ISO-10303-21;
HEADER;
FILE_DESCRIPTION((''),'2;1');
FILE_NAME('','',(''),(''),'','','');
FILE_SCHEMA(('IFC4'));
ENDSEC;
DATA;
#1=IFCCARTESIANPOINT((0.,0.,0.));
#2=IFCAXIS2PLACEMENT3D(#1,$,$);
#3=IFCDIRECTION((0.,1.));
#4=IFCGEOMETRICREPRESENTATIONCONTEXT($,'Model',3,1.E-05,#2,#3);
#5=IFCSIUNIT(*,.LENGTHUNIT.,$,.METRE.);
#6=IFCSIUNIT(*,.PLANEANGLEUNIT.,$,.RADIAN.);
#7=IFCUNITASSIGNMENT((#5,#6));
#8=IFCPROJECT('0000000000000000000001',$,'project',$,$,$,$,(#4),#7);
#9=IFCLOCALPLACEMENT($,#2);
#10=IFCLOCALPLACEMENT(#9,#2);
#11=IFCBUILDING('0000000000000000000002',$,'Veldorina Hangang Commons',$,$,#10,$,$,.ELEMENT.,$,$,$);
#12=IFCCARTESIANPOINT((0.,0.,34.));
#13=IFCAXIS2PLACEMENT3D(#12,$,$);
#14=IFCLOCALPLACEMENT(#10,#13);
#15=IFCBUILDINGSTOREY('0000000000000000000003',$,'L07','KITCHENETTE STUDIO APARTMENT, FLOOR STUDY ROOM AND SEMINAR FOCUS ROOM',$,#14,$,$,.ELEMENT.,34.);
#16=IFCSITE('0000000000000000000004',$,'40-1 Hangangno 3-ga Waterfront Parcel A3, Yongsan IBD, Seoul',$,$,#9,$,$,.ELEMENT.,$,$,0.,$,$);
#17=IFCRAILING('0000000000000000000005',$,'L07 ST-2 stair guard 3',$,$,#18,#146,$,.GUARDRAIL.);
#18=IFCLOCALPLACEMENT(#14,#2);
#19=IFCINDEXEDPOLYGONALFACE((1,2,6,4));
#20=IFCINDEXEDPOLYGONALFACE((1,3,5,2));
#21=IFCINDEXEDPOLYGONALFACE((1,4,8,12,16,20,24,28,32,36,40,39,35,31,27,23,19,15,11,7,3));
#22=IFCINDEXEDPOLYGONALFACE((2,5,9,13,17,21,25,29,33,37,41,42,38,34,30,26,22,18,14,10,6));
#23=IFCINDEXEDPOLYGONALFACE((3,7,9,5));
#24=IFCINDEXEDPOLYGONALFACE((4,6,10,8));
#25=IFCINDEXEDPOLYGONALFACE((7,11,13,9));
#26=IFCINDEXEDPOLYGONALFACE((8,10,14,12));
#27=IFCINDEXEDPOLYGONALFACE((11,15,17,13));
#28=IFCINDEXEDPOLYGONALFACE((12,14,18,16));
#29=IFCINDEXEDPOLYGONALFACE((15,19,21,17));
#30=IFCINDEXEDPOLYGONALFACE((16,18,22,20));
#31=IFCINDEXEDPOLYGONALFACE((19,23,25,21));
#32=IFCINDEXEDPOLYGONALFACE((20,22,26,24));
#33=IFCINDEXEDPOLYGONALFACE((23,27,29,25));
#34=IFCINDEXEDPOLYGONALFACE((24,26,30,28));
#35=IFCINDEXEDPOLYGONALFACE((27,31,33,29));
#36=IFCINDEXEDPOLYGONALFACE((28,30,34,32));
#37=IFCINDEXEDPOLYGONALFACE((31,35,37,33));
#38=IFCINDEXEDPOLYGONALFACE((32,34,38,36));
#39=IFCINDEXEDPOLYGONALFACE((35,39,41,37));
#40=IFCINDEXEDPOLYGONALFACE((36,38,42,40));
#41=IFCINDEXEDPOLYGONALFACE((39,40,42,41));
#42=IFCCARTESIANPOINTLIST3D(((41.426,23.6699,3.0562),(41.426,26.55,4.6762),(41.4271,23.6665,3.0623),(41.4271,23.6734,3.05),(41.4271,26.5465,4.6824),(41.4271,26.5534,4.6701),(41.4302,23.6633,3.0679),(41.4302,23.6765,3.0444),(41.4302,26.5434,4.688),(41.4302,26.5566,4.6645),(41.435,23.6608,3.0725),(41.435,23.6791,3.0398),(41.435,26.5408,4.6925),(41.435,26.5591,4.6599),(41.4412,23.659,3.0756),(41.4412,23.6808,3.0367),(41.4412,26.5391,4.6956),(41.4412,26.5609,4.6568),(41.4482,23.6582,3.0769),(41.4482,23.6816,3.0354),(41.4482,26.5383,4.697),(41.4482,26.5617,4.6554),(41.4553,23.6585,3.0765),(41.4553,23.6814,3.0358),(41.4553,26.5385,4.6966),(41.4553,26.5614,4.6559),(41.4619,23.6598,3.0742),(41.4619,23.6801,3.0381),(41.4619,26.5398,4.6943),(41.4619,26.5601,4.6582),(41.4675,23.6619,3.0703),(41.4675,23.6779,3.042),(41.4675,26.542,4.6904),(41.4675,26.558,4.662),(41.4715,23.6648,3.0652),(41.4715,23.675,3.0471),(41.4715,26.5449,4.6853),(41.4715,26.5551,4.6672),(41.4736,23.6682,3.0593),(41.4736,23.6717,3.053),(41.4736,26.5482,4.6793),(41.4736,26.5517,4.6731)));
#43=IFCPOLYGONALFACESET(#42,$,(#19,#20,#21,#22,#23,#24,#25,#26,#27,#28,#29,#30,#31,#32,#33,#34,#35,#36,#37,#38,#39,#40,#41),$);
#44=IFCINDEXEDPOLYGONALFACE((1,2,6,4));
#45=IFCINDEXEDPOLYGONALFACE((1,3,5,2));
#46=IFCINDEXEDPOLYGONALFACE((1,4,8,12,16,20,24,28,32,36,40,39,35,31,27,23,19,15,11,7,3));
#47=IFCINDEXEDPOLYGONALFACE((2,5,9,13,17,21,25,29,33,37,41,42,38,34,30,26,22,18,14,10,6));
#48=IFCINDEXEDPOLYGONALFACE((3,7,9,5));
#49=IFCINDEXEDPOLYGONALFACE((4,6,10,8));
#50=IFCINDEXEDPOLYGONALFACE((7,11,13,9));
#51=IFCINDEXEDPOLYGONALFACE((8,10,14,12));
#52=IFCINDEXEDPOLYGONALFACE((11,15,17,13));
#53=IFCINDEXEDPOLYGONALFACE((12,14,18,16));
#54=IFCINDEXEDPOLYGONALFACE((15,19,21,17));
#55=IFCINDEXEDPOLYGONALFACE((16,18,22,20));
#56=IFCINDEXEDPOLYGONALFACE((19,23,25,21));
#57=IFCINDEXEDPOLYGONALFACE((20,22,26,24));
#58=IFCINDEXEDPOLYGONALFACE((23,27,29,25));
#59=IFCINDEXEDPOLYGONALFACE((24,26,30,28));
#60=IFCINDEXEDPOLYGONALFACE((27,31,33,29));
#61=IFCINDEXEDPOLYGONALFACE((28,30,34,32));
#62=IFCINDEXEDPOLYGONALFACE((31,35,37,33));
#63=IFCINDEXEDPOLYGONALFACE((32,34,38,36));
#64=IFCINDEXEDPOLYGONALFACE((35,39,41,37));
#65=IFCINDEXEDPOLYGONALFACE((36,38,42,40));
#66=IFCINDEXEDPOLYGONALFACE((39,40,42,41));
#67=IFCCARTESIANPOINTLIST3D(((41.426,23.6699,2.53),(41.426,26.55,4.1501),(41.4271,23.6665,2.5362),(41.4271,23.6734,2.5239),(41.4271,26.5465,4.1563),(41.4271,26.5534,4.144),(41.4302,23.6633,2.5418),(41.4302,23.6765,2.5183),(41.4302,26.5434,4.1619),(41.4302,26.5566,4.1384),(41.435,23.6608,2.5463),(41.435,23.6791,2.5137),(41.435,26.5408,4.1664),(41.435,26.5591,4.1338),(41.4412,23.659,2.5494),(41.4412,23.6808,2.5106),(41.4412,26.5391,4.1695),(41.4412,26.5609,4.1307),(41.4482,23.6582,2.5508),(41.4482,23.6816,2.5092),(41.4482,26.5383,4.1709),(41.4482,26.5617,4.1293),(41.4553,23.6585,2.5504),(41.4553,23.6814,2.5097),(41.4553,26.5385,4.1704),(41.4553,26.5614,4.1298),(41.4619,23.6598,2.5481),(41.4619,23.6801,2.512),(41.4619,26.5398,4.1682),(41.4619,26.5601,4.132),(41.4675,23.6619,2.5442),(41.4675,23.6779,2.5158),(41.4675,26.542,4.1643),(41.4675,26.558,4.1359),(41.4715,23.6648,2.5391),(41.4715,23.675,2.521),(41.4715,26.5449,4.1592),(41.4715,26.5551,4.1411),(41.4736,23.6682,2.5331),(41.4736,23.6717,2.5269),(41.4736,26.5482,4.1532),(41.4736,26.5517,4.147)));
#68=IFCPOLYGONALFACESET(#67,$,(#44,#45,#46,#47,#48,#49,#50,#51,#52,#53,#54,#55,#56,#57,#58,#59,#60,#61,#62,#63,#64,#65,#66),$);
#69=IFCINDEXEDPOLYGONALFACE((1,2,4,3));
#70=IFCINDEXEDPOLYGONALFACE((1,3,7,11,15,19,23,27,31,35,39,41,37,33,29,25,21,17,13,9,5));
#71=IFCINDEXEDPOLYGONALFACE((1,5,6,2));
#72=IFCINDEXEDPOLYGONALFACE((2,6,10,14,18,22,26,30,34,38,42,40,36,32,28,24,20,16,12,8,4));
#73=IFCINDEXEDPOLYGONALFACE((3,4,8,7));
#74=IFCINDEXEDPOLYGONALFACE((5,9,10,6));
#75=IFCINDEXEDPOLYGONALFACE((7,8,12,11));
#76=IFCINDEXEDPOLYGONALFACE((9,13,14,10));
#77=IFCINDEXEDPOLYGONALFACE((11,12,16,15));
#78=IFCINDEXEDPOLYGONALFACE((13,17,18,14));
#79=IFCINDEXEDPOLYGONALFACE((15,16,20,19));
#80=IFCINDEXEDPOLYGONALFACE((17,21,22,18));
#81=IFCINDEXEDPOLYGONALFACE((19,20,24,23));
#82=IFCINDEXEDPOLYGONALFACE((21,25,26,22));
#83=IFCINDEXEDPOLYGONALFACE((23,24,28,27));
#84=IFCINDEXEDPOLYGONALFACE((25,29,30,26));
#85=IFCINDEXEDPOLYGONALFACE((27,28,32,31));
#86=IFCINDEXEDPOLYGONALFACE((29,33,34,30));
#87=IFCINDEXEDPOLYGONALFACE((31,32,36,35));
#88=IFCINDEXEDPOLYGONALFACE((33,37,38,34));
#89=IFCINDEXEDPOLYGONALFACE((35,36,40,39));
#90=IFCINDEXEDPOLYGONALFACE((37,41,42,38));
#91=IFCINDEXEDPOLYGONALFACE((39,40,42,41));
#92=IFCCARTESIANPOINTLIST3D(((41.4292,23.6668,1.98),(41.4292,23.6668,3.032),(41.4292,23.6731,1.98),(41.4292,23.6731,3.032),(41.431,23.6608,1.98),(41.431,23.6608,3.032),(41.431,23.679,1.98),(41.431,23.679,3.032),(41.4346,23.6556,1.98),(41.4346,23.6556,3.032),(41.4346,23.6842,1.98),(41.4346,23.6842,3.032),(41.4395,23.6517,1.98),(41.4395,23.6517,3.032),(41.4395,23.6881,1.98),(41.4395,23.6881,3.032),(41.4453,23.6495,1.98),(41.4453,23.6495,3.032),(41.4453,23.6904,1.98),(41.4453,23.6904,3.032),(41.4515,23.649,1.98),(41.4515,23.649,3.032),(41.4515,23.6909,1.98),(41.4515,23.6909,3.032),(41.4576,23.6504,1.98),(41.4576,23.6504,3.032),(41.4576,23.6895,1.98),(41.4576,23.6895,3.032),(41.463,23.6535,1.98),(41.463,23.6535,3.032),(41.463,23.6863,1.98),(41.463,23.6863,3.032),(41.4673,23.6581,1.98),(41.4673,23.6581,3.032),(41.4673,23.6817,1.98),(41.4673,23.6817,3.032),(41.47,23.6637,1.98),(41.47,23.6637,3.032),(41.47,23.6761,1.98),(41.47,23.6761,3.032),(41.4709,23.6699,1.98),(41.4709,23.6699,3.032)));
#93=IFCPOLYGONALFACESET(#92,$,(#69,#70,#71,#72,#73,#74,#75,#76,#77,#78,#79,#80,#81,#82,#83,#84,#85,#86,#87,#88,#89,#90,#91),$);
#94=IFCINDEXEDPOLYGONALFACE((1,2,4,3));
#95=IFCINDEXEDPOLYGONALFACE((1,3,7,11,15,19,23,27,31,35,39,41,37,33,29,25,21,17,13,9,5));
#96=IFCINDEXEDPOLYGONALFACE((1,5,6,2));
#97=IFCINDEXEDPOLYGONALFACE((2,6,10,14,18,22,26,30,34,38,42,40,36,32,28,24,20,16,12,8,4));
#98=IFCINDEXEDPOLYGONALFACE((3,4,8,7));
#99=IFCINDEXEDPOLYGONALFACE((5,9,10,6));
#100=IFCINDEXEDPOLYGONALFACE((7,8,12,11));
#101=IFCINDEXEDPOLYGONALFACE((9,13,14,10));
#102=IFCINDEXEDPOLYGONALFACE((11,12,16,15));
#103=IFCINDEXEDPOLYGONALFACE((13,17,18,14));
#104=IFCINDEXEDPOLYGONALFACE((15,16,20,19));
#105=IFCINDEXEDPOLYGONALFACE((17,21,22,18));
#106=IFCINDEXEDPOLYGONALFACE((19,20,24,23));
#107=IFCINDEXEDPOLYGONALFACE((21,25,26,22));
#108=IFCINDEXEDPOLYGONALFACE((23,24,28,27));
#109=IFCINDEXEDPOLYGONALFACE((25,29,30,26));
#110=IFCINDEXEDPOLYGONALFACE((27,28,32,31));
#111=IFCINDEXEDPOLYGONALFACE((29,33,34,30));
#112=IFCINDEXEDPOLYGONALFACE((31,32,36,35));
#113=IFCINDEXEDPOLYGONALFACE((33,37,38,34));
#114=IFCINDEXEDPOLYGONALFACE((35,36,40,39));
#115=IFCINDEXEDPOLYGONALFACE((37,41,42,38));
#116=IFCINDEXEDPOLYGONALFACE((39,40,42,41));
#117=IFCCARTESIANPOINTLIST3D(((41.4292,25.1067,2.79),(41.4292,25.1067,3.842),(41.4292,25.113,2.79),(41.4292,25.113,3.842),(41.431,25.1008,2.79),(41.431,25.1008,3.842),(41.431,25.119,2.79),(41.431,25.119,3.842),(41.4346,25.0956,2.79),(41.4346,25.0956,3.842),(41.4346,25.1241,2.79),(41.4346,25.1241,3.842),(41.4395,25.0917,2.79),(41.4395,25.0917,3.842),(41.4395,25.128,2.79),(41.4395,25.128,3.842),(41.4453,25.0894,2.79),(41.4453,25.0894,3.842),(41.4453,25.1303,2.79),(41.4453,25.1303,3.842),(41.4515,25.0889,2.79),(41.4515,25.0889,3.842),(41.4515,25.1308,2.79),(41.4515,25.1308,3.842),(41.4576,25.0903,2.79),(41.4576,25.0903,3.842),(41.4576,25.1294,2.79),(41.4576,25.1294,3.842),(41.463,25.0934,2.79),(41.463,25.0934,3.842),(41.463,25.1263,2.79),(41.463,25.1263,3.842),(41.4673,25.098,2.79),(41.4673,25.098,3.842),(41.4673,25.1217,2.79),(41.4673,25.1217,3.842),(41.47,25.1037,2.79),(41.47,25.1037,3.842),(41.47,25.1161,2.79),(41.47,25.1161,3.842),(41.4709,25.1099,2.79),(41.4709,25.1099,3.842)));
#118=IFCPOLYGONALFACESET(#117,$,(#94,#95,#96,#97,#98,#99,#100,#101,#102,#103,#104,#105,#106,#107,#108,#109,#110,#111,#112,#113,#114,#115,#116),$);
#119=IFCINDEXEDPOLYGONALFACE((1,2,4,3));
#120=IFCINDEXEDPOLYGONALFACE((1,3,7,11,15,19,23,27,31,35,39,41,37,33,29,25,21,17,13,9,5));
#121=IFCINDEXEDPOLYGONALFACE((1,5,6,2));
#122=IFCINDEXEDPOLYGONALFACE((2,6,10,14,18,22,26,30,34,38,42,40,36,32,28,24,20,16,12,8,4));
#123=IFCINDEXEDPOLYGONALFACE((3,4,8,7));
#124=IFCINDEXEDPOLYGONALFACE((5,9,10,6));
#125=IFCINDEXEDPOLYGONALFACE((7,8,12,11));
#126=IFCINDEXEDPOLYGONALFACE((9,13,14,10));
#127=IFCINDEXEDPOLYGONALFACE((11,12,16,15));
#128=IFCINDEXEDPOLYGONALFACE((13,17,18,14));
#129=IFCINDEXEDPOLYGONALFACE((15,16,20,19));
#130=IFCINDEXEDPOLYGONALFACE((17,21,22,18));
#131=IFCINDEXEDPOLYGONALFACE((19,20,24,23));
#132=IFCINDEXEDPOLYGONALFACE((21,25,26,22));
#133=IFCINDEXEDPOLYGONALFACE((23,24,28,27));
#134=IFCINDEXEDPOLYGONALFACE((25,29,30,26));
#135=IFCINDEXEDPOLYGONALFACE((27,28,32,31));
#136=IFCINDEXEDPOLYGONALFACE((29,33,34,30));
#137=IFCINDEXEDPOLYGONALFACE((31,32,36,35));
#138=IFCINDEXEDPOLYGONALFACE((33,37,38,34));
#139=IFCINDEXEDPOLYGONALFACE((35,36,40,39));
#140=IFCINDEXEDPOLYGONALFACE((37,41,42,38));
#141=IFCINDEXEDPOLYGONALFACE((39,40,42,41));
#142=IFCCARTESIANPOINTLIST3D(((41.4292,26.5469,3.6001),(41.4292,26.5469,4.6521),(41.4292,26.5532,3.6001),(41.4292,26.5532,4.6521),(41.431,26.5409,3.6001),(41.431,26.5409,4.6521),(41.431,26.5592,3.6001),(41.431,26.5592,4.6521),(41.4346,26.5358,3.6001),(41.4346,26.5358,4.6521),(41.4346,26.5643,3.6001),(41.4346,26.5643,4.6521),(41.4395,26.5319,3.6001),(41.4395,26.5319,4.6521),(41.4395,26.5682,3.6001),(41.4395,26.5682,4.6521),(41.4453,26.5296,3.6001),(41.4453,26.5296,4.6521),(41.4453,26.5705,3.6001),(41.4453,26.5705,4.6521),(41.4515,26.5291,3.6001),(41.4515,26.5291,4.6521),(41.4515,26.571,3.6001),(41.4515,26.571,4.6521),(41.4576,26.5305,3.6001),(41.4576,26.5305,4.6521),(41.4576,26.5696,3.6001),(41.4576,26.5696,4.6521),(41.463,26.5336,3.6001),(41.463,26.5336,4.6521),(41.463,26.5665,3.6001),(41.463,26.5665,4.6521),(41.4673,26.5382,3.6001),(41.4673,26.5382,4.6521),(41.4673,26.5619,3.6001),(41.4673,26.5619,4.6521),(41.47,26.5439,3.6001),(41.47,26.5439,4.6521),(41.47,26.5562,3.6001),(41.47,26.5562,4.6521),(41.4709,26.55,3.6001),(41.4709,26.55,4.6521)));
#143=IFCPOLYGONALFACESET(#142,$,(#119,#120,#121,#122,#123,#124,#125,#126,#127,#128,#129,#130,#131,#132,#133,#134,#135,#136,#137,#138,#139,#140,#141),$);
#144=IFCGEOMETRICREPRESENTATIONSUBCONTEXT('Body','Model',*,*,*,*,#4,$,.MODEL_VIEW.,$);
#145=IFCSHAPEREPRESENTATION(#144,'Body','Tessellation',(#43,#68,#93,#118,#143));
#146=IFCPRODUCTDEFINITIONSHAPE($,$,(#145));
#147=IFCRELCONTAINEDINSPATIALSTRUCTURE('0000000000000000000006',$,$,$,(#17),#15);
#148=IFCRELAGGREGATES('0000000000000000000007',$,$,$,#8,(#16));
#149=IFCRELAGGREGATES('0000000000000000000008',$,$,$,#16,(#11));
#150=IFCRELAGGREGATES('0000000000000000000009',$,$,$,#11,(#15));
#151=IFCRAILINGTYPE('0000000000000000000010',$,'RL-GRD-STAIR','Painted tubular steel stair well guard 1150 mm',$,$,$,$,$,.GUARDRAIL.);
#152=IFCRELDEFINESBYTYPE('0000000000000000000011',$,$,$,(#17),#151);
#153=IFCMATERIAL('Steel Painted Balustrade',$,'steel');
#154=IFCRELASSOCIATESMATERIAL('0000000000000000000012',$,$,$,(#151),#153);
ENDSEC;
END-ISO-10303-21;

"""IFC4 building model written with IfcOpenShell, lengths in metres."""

from ifc_helpers import new_model, si_unit, direction, frame, origin, origin_2d, place, context, subcontext, project, spatial, circle, extrude, material, type_object, element, save


model = new_model("IFC4")

# Units and contexts
model_context = context("Model", 3, precision=1e-05, world=origin(), true_north=direction((0.0, 1.0)))
body_context = subcontext(model_context, "Body", "Model", "MODEL_VIEW")
ifc_project = project(units=[si_unit("LENGTHUNIT", "METRE"), si_unit("PLANEANGLEUNIT", "RADIAN")], contexts=[model_context])

# Site, building, storey
site_placement = place(None, origin())
site = spatial("IfcSite", under=ifc_project, at=site_placement, Name="40-1 Hangangno 3-ga Waterfront Parcel A3, Yongsan IBD, Seoul", CompositionType="ELEMENT", RefElevation=0.0)
building_placement = place(site_placement, origin())
building = spatial("IfcBuilding", under=site, at=building_placement, Name="Veldorina Hangang Commons", CompositionType="ELEMENT")
storey_placement = place(building_placement, frame((0.0, 0.0, 34.0)))
storey = spatial("IfcBuildingStorey", under=building, at=storey_placement, Name="L07", Description="KITCHENETTE STUDIO APARTMENT, FLOOR STUDY ROOM AND SEMINAR FOCUS ROOM", CompositionType="ELEMENT", Elevation=34.0)

# Railing
ifc_material_1 = material(Name="Steel Painted Balustrade", Category="steel")
railing_type_1 = type_object("IfcRailingType", Name="RL-GRD-STAIR", Description="Painted tubular steel stair well guard 1150 mm", PredefinedType="GUARDRAIL", material=ifc_material_1)
railing_1_placement = place(storey_placement, frame((41.45, 23.6699, 1.98)))
element("IfcRailing", 1, at=railing_1_placement, inside=storey, type_object=railing_type_1, Name="L07 ST-2 stair guard 3", PredefinedType="GUARDRAIL", context=body_context, shape_type="SweptSolid", body=[
    extrude(circle(Radius=0.0239, at=origin_2d()), frame((0.0, 0.0, 1.0762), z_axis=(0.0, 0.87157, 0.490272), x_axis=(-1.0, 0.0, 0.0)), (0.0, 0.0, 1.0), 3.3044),
    extrude(circle(Radius=0.0239, at=origin_2d()), frame((0.0, 0.0, 0.55), z_axis=(0.0, 0.87157, 0.490272), x_axis=(-1.0, 0.0, 0.0)), (0.0, 0.0, 1.0), 3.3044),
    extrude(circle(Radius=0.021, at=origin_2d()), origin(), (0.0, 0.0, 1.0), 1.052),
    extrude(circle(Radius=0.021, at=origin_2d()), frame((0.0, 1.4399, 0.8101)), (0.0, 0.0, 1.0), 1.052),
    extrude(circle(Radius=0.021, at=origin_2d()), frame((0.0, 2.8801, 1.6201)), (0.0, 0.0, 1.0), 1.052),
])

save(model, "model.ifc")
